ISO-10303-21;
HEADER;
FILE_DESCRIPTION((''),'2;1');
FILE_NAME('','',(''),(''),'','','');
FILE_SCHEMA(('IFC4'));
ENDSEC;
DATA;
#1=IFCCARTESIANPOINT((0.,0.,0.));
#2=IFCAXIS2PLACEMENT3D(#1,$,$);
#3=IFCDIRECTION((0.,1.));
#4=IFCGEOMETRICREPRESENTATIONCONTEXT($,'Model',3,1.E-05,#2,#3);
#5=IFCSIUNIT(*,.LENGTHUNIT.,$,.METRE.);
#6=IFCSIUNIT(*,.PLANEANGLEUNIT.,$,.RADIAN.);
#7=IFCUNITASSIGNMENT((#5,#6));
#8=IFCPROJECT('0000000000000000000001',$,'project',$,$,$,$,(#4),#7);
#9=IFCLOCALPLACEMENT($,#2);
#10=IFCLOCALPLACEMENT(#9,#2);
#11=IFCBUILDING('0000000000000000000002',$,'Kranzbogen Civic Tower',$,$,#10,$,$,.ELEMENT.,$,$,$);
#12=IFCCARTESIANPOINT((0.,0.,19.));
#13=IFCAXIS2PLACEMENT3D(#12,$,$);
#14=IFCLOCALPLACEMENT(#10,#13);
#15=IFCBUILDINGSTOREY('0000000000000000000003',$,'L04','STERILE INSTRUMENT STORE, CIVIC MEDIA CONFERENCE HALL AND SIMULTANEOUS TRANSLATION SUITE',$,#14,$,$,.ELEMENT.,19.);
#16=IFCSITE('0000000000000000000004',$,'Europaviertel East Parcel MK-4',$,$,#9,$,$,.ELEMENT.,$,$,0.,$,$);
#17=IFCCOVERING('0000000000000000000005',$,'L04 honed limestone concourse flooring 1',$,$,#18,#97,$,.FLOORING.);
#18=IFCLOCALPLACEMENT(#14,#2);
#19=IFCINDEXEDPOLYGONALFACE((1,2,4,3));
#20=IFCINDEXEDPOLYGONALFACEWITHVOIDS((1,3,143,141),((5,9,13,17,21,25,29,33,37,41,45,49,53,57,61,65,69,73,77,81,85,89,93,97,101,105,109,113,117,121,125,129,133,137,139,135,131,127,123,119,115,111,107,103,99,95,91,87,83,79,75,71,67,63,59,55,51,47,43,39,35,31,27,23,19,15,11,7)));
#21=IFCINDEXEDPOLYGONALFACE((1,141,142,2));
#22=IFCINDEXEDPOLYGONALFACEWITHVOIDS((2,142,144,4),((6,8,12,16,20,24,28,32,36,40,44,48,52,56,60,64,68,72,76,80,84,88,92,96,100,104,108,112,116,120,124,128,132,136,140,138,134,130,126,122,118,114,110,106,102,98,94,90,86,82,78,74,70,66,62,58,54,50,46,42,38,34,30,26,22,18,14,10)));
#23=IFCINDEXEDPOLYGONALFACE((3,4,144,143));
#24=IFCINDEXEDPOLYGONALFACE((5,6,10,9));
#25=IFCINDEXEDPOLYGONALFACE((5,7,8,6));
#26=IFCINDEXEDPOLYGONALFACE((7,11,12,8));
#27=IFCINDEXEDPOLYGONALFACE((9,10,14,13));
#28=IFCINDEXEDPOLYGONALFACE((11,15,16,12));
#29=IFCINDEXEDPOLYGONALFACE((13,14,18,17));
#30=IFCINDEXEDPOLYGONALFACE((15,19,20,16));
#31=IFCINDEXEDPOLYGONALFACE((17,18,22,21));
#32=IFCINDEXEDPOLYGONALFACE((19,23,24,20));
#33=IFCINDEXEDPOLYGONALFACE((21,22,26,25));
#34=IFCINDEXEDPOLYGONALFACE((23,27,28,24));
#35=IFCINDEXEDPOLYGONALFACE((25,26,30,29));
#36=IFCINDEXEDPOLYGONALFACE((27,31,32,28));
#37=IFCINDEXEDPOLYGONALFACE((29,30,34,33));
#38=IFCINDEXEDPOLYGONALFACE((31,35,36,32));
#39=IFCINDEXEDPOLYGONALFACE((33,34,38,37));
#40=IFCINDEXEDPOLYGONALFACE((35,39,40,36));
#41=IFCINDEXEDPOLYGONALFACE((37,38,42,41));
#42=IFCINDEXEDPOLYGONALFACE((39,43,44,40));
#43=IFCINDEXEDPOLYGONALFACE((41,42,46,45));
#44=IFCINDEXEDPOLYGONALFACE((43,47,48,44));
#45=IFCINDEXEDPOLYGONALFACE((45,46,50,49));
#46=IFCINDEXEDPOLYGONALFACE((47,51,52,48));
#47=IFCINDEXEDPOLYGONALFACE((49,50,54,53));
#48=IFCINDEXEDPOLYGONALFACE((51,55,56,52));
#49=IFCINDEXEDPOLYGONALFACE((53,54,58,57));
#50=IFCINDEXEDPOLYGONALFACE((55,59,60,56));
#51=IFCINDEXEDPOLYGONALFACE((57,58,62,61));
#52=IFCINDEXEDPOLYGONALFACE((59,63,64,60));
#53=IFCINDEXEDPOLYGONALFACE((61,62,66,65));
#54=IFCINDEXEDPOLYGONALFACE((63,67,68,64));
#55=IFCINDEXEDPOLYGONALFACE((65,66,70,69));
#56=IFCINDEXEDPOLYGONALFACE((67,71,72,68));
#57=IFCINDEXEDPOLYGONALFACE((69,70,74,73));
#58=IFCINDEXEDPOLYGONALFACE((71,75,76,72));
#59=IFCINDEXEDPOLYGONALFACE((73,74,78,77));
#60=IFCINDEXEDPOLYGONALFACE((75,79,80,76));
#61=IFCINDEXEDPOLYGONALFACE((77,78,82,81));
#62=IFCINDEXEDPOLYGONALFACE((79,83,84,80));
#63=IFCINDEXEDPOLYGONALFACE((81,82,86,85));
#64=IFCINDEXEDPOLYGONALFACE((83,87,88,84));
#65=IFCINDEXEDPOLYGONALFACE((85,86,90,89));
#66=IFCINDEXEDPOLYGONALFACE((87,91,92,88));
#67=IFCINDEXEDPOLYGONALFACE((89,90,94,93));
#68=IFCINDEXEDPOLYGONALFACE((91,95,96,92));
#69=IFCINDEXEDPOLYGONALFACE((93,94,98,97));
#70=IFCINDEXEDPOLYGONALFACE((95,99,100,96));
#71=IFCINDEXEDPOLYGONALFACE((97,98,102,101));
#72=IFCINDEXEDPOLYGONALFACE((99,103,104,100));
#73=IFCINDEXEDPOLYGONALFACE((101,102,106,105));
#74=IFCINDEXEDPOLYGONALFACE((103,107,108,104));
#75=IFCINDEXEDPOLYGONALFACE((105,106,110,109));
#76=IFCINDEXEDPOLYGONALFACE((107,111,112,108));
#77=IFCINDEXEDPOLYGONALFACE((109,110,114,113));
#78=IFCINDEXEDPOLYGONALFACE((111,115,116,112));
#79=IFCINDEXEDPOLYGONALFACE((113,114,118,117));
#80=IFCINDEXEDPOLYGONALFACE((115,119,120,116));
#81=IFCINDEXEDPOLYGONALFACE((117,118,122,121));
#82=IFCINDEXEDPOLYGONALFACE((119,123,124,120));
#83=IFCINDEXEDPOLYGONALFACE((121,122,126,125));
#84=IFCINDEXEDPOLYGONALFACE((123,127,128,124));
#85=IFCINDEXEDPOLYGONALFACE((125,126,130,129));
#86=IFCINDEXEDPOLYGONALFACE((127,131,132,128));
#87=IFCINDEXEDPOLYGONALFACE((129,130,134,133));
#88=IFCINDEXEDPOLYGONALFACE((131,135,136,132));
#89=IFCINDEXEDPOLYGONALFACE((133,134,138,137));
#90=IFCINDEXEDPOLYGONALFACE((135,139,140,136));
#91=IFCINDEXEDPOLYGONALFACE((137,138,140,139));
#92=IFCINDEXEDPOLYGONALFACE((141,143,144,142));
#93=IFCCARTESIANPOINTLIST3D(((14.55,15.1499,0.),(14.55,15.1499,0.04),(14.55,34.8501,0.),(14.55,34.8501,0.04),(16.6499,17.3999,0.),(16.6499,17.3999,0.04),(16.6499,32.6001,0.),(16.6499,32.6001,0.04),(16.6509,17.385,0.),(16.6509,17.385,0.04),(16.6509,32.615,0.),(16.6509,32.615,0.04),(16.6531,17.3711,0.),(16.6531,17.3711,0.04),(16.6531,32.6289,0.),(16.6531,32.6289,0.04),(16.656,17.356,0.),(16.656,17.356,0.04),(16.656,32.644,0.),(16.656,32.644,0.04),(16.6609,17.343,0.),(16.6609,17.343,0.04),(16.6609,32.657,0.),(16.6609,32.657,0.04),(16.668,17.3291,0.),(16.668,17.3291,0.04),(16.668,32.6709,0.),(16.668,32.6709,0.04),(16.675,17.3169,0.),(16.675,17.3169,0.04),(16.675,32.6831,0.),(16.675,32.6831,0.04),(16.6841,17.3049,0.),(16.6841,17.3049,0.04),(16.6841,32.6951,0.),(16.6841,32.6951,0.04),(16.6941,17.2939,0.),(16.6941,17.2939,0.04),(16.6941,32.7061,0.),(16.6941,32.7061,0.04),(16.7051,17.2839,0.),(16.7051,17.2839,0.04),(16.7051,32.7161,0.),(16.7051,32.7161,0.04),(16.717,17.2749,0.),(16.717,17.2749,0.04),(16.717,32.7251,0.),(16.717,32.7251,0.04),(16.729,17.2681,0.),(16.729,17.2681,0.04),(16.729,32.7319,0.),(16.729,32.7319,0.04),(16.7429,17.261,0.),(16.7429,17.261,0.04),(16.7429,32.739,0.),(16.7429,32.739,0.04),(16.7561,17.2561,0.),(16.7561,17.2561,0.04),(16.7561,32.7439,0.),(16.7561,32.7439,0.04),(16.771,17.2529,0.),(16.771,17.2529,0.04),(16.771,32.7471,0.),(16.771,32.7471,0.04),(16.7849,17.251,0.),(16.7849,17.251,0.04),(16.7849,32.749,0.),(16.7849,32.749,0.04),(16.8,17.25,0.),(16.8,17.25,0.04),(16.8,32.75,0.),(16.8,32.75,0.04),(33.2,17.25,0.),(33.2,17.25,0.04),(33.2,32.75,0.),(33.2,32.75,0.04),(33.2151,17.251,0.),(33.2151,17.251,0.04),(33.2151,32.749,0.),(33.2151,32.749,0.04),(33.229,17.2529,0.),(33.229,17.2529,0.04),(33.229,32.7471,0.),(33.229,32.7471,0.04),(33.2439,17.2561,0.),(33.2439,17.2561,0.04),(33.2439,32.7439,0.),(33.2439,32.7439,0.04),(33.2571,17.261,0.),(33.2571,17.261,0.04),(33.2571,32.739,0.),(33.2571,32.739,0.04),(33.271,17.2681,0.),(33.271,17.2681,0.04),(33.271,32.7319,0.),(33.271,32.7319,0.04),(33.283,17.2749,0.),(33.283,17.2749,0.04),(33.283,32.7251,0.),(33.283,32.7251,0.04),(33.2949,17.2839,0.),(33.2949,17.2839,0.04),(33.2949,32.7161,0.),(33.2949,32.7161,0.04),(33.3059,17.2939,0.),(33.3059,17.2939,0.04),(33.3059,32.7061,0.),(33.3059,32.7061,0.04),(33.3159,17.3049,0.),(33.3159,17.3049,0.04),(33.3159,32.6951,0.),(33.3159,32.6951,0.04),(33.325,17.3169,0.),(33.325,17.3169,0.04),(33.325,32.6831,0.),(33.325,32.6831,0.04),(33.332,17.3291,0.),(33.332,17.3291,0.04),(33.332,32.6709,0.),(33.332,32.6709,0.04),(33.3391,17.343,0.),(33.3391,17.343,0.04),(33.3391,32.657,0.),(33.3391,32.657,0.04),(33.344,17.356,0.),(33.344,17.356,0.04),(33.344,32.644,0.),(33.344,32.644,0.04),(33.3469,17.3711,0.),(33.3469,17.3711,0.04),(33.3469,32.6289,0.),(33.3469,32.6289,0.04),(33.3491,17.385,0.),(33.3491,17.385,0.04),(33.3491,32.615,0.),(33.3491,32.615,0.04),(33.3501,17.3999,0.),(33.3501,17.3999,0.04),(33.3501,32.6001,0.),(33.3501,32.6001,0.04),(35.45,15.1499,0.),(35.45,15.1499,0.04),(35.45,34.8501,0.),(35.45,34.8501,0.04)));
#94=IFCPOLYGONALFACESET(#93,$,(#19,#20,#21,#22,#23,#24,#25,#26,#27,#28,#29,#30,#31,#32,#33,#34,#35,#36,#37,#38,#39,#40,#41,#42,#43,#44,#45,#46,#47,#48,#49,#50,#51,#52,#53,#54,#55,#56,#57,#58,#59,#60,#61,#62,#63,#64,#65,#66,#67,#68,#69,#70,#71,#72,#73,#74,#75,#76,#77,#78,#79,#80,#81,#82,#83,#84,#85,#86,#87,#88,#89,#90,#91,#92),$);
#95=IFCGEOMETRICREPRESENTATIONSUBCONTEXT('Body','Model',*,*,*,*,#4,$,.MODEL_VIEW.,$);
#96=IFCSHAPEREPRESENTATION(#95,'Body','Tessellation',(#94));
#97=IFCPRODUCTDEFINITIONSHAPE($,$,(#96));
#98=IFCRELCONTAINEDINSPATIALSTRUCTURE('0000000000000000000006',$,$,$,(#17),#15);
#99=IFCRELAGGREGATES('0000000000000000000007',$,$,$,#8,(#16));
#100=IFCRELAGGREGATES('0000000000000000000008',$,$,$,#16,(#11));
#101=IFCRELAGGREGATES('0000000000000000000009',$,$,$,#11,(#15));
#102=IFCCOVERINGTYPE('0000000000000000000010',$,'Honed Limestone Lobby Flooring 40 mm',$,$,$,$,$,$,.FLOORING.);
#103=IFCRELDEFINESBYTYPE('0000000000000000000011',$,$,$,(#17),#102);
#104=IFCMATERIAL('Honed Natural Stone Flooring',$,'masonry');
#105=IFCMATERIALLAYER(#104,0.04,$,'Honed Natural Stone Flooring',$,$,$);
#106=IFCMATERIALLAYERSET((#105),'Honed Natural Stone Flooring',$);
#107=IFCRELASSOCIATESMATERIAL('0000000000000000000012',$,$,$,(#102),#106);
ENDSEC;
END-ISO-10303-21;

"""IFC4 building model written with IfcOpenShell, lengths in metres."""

from ifc_helpers import new_model, si_unit, direction, frame, origin, place, context, subcontext, project, spatial, polyline, outline, extrude, material, layer, layer_set, type_object, element, save


model = new_model("IFC4")

# Units and contexts
model_context = context("Model", 3, precision=1e-05, world=origin(), true_north=direction((0.0, 1.0)))
body_context = subcontext(model_context, "Body", "Model", "MODEL_VIEW")
ifc_project = project(units=[si_unit("LENGTHUNIT", "METRE"), si_unit("PLANEANGLEUNIT", "RADIAN")], contexts=[model_context])

# Site, building, storey
site_placement = place(None, origin())
site = spatial("IfcSite", under=ifc_project, at=site_placement, Name="Europaviertel East Parcel MK-4", CompositionType="ELEMENT", RefElevation=0.0)
building_placement = place(site_placement, origin())
building = spatial("IfcBuilding", under=site, at=building_placement, Name="Kranzbogen Civic Tower", CompositionType="ELEMENT")
storey_placement = place(building_placement, frame((0.0, 0.0, 19.0)))
storey = spatial("IfcBuildingStorey", under=building, at=storey_placement, Name="L04", Description="STERILE INSTRUMENT STORE, CIVIC MEDIA CONFERENCE HALL AND SIMULTANEOUS TRANSLATION SUITE", CompositionType="ELEMENT", Elevation=19.0)

# Covering
ifc_material_1 = material(Name="Honed Natural Stone Flooring", Category="masonry")
ifc_layer_1 = layer(ifc_material_1, 0.04, Name="Honed Natural Stone Flooring")
ifc_layer_set_1 = layer_set([ifc_layer_1], Name="Honed Natural Stone Flooring")
covering_type = type_object("IfcCoveringType", Name="Honed Limestone Lobby Flooring 40 mm", PredefinedType="FLOORING", material=ifc_layer_set_1)
covering_placement = place(storey_placement, origin())
element("IfcCovering", 1, at=covering_placement, inside=storey, type_object=covering_type, Name="L04 honed limestone concourse flooring 1", PredefinedType="FLOORING", context=body_context, shape_type="SweptSolid", body=[
    extrude(outline(polyline([(14.55, 15.1499), (14.55, 34.8501), (35.45, 34.8501), (35.45, 15.1499), (14.55, 15.1499)]), holes=[polyline([(33.3501, 17.3999), (33.3491, 17.385), (33.3469, 17.3711), (33.344, 17.356), (33.3391, 17.343), (33.332, 17.3291), (33.325, 17.3169), (33.3159, 17.3049), (33.3059, 17.2939), (33.2949, 17.2839), (33.283, 17.2749), (33.271, 17.2681), (33.2571, 17.261), (33.2439, 17.2561), (33.229, 17.2529), (33.2151, 17.251), (33.2, 17.25), (16.8, 17.25), (16.7849, 17.251), (16.771, 17.2529), (16.7561, 17.2561), (16.7429, 17.261), (16.729, 17.2681), (16.717, 17.2749), (16.7051, 17.2839), (16.6941, 17.2939), (16.6841, 17.3049), (16.675, 17.3169), (16.668, 17.3291), (16.6609, 17.343), (16.656, 17.356), (16.6531, 17.3711), (16.6509, 17.385), (16.6499, 17.3999), (16.6499, 32.6001), (16.6509, 32.615), (16.6531, 32.6289), (16.656, 32.644), (16.6609, 32.657), (16.668, 32.6709), (16.675, 32.6831), (16.6841, 32.6951), (16.6941, 32.7061), (16.7051, 32.7161), (16.717, 32.7251), (16.729, 32.7319), (16.7429, 32.739), (16.7561, 32.7439), (16.771, 32.7471), (16.7849, 32.749), (16.8, 32.75), (33.2, 32.75), (33.2151, 32.749), (33.229, 32.7471), (33.2439, 32.7439), (33.2571, 32.739), (33.271, 32.7319), (33.283, 32.7251), (33.2949, 32.7161), (33.3059, 32.7061), (33.3159, 32.6951), (33.325, 32.6831), (33.332, 32.6709), (33.3391, 32.657), (33.344, 32.644), (33.3469, 32.6289), (33.3491, 32.615), (33.3501, 32.6001), (33.3501, 17.3999)])]), origin(), (0.0, 0.0, 1.0), 0.04),
])

save(model, "model.ifc")
